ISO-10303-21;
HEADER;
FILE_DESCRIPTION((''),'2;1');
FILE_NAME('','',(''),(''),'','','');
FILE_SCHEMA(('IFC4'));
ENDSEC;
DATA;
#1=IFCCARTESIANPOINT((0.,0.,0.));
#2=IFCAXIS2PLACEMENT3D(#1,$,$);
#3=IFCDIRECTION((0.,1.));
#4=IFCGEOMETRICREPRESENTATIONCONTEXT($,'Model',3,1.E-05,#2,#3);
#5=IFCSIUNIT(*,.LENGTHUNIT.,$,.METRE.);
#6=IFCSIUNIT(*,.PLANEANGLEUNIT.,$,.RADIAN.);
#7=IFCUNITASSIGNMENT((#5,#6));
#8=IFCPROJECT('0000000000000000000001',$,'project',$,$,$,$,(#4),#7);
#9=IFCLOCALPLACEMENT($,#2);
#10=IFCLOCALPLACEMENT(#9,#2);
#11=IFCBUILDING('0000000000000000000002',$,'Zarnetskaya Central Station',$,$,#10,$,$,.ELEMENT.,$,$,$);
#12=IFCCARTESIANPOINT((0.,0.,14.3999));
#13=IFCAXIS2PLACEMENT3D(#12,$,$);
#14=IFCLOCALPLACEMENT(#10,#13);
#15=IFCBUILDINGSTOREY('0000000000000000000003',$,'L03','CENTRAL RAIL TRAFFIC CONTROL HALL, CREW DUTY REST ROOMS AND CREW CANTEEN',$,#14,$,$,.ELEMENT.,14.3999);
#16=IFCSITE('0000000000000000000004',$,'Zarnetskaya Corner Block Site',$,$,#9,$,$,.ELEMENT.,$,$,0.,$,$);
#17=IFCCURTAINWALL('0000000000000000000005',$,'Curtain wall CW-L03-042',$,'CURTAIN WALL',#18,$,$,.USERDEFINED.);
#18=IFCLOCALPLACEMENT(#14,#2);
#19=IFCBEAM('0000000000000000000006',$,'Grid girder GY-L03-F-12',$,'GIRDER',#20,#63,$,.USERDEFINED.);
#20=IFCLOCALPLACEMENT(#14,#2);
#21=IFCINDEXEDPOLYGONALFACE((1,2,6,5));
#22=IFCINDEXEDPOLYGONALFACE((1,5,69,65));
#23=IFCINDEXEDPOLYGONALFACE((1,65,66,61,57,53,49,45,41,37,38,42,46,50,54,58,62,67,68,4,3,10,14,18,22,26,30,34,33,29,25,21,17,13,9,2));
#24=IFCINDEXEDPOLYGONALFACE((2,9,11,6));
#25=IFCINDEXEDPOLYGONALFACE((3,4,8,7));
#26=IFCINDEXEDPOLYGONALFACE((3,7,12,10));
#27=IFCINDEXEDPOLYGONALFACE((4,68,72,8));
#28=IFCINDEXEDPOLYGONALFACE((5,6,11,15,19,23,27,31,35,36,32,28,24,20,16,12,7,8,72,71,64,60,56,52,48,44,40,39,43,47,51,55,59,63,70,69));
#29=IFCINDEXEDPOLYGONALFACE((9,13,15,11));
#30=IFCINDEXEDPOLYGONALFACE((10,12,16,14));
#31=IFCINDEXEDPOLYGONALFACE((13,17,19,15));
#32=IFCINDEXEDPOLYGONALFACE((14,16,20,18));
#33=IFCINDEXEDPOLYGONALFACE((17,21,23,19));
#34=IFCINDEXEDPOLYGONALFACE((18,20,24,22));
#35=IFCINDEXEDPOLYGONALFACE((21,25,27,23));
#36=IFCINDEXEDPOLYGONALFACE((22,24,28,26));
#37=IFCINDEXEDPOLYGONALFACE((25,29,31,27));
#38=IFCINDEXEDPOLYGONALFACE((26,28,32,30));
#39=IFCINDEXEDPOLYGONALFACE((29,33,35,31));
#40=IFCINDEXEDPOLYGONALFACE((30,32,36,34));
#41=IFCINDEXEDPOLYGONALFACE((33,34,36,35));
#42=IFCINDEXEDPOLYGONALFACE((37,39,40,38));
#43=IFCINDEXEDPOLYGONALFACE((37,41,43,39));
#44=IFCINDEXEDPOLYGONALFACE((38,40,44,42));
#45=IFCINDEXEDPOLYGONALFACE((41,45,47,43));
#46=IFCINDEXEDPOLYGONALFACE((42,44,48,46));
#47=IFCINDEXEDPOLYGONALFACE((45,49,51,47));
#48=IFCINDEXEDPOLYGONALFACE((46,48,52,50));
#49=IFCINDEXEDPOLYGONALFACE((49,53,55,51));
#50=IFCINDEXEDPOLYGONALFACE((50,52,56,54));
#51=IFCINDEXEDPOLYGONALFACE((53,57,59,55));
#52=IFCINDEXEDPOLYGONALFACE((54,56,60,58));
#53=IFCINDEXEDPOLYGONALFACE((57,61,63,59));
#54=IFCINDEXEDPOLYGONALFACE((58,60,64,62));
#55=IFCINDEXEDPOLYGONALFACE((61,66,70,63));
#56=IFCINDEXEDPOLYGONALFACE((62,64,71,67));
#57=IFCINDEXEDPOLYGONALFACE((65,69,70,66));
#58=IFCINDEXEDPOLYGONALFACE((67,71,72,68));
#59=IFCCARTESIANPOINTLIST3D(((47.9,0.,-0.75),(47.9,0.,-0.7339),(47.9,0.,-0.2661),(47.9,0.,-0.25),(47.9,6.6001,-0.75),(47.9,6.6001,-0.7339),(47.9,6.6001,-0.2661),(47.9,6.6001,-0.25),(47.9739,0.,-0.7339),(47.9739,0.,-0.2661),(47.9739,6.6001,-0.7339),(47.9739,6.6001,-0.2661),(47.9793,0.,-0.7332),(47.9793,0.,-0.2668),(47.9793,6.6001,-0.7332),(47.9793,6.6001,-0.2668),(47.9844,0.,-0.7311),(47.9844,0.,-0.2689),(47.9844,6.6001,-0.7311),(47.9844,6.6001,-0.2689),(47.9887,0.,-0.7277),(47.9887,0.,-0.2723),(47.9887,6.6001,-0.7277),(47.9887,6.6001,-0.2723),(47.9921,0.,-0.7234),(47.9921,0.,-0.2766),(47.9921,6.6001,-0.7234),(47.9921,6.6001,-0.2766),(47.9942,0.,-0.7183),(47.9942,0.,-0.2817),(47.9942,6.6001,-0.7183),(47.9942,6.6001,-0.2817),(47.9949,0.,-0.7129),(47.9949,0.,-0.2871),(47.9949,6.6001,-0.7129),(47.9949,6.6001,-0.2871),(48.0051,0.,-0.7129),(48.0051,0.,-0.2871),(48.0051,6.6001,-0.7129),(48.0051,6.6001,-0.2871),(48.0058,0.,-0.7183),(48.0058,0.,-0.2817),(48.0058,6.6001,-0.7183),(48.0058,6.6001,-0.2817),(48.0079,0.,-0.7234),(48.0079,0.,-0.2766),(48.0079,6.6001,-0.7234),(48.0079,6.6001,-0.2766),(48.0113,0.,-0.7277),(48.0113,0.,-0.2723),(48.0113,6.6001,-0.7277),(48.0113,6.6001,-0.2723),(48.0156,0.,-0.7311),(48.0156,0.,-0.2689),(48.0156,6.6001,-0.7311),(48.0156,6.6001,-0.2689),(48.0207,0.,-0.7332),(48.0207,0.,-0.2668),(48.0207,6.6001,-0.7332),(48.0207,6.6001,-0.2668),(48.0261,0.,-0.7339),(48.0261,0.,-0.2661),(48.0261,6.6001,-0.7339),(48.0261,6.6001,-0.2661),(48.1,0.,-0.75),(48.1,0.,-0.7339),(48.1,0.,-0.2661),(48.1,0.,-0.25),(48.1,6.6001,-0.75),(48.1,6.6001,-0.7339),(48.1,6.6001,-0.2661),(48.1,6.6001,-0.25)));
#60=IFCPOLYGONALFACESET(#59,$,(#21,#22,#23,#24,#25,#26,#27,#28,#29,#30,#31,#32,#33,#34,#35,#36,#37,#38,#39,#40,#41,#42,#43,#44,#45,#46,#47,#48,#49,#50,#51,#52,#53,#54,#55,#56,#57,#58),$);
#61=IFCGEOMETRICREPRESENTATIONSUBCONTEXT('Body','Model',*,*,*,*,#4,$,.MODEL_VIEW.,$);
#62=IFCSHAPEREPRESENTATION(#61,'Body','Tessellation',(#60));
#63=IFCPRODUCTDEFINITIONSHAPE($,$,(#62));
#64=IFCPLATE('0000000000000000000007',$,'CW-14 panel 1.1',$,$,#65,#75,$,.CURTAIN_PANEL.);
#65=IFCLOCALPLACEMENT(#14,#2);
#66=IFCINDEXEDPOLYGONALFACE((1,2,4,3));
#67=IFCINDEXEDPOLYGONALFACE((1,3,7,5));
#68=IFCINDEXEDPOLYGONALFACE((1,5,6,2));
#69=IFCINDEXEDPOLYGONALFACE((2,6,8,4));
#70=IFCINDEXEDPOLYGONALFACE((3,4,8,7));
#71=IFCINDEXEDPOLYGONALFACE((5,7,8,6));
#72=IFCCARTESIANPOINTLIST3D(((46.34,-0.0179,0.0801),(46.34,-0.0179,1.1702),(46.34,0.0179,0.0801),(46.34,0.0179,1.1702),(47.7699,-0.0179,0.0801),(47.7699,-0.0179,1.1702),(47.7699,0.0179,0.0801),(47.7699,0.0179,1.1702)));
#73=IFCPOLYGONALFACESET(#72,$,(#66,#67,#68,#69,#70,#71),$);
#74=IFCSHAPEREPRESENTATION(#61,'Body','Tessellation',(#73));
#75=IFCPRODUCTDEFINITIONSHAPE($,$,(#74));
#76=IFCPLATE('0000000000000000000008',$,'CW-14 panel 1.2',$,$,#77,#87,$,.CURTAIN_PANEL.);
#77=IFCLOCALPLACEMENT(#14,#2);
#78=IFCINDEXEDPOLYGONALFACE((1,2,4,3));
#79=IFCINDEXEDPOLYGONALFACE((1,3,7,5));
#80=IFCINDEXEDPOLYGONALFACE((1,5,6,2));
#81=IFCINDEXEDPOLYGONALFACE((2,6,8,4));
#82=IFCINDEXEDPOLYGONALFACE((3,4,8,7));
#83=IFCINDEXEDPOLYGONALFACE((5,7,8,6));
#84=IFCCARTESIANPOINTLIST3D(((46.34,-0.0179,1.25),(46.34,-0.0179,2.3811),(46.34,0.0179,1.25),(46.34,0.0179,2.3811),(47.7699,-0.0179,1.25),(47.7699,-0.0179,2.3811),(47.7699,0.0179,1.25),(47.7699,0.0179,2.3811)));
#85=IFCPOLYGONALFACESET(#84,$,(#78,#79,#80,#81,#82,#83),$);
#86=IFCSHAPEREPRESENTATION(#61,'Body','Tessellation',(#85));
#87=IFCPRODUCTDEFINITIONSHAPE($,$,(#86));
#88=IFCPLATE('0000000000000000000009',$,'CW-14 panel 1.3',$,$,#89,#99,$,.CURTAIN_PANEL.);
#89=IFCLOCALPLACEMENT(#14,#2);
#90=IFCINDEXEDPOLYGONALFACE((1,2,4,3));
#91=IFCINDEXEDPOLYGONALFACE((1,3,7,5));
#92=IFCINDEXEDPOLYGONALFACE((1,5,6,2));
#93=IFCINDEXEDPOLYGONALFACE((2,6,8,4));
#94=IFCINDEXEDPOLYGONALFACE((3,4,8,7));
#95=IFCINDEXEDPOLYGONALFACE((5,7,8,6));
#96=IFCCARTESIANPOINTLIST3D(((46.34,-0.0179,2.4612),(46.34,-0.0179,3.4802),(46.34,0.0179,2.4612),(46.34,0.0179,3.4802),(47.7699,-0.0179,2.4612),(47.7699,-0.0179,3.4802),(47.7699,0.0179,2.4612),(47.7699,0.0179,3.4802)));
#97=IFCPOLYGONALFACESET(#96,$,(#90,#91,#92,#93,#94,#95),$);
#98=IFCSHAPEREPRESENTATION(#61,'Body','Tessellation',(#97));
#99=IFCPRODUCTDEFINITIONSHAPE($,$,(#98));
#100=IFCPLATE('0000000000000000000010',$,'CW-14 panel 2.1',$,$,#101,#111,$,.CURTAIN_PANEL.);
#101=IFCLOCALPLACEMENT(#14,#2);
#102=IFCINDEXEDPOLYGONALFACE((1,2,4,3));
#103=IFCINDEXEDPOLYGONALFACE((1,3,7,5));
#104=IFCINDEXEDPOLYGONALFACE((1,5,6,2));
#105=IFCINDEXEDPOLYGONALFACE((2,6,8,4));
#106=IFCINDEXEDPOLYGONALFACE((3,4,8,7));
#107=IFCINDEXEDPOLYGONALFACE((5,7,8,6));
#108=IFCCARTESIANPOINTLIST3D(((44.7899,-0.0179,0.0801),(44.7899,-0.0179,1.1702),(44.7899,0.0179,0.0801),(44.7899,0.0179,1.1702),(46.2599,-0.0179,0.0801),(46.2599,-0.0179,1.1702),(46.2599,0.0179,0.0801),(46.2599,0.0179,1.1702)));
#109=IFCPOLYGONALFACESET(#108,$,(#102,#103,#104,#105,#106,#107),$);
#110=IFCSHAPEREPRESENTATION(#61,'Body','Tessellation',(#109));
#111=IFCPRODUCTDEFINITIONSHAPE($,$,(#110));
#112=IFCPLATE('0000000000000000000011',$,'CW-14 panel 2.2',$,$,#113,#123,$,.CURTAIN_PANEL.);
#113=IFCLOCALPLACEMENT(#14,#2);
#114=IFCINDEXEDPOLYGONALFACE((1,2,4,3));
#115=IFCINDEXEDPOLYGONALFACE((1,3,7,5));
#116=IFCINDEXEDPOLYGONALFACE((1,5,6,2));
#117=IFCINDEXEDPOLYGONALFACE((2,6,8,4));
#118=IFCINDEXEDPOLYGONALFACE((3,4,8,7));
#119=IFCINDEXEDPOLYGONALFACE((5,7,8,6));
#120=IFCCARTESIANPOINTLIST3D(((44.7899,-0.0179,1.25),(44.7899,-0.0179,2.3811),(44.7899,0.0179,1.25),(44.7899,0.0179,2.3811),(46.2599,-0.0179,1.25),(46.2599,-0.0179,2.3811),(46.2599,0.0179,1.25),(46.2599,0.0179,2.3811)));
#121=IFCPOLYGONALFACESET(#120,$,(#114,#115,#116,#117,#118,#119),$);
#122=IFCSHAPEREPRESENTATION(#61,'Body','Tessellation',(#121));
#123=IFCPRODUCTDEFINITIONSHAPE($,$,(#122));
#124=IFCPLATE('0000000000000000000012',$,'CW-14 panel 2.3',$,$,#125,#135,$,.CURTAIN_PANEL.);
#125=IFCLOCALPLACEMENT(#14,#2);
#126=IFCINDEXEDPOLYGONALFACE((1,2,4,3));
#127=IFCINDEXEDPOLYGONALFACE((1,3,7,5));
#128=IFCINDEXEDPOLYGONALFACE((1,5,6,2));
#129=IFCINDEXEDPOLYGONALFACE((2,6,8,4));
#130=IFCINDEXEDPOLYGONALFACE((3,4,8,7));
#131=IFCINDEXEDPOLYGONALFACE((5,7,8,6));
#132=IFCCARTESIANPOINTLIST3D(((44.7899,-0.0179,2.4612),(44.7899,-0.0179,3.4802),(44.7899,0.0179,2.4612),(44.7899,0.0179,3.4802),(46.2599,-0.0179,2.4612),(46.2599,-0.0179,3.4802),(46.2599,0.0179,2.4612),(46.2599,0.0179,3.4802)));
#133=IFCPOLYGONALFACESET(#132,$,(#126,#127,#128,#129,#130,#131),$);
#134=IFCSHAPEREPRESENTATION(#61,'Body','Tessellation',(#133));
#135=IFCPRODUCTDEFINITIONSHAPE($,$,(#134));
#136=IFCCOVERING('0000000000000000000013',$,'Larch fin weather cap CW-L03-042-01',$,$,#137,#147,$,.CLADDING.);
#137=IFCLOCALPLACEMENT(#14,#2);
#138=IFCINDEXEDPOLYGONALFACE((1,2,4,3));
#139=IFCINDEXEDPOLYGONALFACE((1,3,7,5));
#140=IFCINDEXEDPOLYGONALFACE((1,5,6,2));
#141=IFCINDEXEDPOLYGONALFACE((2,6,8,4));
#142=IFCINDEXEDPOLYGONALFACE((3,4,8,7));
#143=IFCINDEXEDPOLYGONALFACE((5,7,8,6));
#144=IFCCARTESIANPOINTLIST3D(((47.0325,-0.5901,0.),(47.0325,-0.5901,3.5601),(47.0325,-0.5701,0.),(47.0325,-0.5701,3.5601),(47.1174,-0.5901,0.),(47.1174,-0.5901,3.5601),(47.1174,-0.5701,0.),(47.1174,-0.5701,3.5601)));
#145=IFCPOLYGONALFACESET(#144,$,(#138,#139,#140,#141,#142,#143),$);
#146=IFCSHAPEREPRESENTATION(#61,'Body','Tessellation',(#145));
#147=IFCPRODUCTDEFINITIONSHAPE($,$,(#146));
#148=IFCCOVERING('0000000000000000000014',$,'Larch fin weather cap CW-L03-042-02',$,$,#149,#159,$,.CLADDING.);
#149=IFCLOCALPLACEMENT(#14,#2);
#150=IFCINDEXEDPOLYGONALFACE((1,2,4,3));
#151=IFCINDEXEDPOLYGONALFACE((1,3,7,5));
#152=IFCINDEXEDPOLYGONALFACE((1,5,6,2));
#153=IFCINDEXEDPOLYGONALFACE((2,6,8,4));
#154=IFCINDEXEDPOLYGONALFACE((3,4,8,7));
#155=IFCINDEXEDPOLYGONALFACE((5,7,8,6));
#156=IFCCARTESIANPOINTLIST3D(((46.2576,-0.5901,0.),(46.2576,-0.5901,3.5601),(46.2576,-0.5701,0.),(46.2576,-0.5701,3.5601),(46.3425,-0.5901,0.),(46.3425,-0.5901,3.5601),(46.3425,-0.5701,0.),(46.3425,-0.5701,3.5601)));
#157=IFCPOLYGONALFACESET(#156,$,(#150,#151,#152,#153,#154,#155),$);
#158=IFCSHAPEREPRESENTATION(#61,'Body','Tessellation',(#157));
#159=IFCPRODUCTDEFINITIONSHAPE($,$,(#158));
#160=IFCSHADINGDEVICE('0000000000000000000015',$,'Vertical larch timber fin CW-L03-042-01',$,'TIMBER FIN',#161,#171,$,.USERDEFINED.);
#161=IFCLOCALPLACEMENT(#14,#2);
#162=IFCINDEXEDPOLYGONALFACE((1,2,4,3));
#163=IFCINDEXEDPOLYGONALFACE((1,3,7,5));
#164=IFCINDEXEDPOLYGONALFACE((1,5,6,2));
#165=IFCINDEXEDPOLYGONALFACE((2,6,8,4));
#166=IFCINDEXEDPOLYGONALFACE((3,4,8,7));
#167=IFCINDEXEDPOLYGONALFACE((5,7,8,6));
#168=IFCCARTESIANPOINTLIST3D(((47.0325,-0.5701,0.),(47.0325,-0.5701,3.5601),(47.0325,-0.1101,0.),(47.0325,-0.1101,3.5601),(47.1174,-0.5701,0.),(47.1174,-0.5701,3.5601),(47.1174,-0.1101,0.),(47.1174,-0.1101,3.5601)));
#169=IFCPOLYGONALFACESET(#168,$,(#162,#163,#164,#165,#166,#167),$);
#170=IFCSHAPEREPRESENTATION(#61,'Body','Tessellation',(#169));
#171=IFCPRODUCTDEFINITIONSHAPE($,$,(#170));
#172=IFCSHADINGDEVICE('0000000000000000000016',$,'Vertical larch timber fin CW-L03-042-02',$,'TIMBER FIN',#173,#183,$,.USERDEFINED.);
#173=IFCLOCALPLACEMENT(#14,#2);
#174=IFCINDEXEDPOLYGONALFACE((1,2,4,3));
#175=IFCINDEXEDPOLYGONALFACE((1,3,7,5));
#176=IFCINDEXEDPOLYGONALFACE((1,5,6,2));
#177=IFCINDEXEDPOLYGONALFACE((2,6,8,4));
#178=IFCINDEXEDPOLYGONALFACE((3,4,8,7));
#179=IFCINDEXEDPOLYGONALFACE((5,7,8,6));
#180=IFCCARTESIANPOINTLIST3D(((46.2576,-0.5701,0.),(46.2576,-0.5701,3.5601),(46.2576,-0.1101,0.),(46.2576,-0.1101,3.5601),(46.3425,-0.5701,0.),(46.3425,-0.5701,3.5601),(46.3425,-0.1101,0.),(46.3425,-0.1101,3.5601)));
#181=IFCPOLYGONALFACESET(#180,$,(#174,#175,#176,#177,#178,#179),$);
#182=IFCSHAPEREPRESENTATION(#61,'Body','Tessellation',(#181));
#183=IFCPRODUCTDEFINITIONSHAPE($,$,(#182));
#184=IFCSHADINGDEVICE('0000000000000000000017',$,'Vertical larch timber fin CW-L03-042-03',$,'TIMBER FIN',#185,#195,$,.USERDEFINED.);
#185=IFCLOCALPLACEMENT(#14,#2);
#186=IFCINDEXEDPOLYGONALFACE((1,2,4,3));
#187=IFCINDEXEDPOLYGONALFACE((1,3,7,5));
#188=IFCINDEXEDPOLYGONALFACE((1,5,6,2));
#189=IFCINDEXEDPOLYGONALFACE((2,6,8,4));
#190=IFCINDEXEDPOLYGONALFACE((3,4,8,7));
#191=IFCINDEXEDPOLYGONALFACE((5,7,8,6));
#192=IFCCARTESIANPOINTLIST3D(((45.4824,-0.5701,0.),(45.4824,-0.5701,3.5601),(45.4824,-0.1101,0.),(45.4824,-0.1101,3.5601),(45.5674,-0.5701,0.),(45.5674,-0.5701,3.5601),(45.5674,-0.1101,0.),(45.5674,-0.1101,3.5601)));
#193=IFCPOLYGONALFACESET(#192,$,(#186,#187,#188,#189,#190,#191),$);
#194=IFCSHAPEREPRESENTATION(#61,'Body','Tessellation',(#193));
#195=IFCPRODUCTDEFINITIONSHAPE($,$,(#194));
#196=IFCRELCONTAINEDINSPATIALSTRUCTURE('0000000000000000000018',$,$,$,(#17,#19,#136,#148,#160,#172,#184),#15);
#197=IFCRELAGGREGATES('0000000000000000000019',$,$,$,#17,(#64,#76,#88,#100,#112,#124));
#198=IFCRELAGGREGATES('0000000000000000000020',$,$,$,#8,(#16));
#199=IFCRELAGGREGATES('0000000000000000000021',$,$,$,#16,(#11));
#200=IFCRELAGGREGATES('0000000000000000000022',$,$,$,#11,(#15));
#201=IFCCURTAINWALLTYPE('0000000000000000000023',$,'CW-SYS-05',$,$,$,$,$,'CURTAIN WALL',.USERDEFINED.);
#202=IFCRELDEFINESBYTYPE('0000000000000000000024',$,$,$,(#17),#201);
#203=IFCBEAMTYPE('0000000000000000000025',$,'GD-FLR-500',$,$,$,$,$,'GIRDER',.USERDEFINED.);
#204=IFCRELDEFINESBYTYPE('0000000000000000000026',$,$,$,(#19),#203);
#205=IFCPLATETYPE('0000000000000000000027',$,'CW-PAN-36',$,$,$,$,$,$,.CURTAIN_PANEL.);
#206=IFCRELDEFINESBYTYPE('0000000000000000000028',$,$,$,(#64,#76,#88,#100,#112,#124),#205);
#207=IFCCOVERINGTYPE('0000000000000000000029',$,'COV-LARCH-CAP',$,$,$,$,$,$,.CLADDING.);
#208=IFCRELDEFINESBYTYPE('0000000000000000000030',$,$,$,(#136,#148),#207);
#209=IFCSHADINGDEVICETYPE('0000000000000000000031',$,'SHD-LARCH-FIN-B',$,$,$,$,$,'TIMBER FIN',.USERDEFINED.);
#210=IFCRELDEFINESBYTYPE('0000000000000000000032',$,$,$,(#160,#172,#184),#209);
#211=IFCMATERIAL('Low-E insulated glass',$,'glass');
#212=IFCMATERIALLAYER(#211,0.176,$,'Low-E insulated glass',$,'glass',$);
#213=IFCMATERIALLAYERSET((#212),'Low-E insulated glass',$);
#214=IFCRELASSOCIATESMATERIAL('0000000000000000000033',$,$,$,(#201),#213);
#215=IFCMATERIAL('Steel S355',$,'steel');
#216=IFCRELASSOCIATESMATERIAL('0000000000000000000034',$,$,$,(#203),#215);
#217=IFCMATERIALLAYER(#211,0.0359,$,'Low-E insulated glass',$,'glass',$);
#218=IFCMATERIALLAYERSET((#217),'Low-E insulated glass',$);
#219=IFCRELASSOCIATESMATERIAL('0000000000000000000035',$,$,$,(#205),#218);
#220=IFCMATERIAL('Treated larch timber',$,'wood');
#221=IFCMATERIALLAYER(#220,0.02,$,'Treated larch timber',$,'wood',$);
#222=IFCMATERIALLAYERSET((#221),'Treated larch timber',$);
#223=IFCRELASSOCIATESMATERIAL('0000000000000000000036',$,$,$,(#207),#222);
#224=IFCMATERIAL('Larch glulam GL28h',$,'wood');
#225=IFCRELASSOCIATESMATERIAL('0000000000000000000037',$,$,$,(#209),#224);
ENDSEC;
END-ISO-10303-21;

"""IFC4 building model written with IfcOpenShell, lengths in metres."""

from ifc_helpers import new_model, si_unit, direction, frame, origin, origin_2d, place, context, subcontext, project, spatial, rectangle, i_section, extrude, material, layer, layer_set, material_profile, profile_set, type_object, element, aggregate, save


model = new_model("IFC4")

# Units and contexts
model_context = context("Model", 3, precision=1e-05, world=origin(), true_north=direction((0.0, 1.0)))
body_context = subcontext(model_context, "Body", "Model", "MODEL_VIEW")
ifc_project = project(units=[si_unit("LENGTHUNIT", "METRE"), si_unit("PLANEANGLEUNIT", "RADIAN")], contexts=[model_context])

# Site, building, storey
site_placement = place(None, origin())
site = spatial("IfcSite", under=ifc_project, at=site_placement, Name="Zarnetskaya Corner Block Site", CompositionType="ELEMENT", RefElevation=0.0)
building_placement = place(site_placement, origin())
building = spatial("IfcBuilding", under=site, at=building_placement, Name="Zarnetskaya Central Station", CompositionType="ELEMENT")
storey_placement = place(building_placement, frame((0.0, 0.0, 14.3999)))
storey = spatial("IfcBuildingStorey", under=building, at=storey_placement, Name="L03", Description="CENTRAL RAIL TRAFFIC CONTROL HALL, CREW DUTY REST ROOMS AND CREW CANTEEN", CompositionType="ELEMENT", Elevation=14.3999)

# Shared definitions
ifc_material_1 = material(Name="Steel S355", Category="steel")

# Curtain wall
ifc_material_2 = material(Name="Low-E insulated glass", Category="glass")
ifc_layer_1 = layer(ifc_material_2, 0.176, Name="Low-E insulated glass", Category="glass")
ifc_layer_set_1 = layer_set([ifc_layer_1], Name="Low-E insulated glass")
curtain_wall_type = type_object("IfcCurtainWallType", Name="CW-SYS-05", ElementType="CURTAIN WALL", PredefinedType="USERDEFINED", material=ifc_layer_set_1)
curtain_wall_placement = place(storey_placement, origin())
curtain_wall = element("IfcCurtainWall", 1, at=curtain_wall_placement, inside=storey, type_object=curtain_wall_type, Name="Curtain wall CW-L03-042", ObjectType="CURTAIN WALL", PredefinedType="USERDEFINED")

# Beam
ifc_material_profile_1 = material_profile(ifc_material_1, i_section(OverallWidth=0.2, OverallDepth=0.5, WebThickness=0.0103, FlangeThickness=0.0161, FilletRadius=0.021, at=origin_2d()), Name="IPE 500")
ifc_profile_set_1 = profile_set([ifc_material_profile_1], Name="Steel S355")
beam_type = type_object("IfcBeamType", Name="GD-FLR-500", ElementType="GIRDER", PredefinedType="USERDEFINED", material=ifc_profile_set_1)
beam_placement = place(storey_placement, frame((48.0, 0.0, -0.5), z_axis=(0.0, 1.0, 0.0), x_axis=(-1.0, 0.0, 0.0)))
element("IfcBeam", 2, at=beam_placement, inside=storey, type_object=beam_type, Name="Grid girder GY-L03-F-12", ObjectType="GIRDER", PredefinedType="USERDEFINED", context=body_context, shape_type="SweptSolid", body=[
    extrude(i_section(OverallWidth=0.2, OverallDepth=0.5, WebThickness=0.0103, FlangeThickness=0.0161, FilletRadius=0.021, at=origin_2d()), origin(), (0.0, 0.0, 1.0), 6.6001),
])

# Plates
ifc_layer_2 = layer(ifc_material_2, 0.0359, Name="Low-E insulated glass", Category="glass")
ifc_layer_set_2 = layer_set([ifc_layer_2], Name="Low-E insulated glass")
plate_type = type_object("IfcPlateType", Name="CW-PAN-36", PredefinedType="CURTAIN_PANEL", material=ifc_layer_set_2)
plate_1_placement = place(storey_placement, frame((47.0549, 0.0, 0.0801), z_axis=(0.0, 0.0, 1.0), x_axis=(-1.0, 0.0, 0.0)))
plate_1 = element("IfcPlate", 3, at=plate_1_placement, type_object=plate_type, Name="CW-14 panel 1.1", PredefinedType="CURTAIN_PANEL", context=body_context, shape_type="SweptSolid", body=[
    extrude(rectangle(XDim=1.4299, YDim=0.0359, at=origin_2d()), origin(), (0.0, 0.0, 1.0), 1.0901),
])
plate_2_placement = place(storey_placement, frame((47.0549, 0.0, 1.25), z_axis=(0.0, 0.0, 1.0), x_axis=(-1.0, 0.0, 0.0)))
plate_2 = element("IfcPlate", 4, at=plate_2_placement, type_object=plate_type, Name="CW-14 panel 1.2", PredefinedType="CURTAIN_PANEL", context=body_context, shape_type="SweptSolid", body=[
    extrude(rectangle(XDim=1.4299, YDim=0.0359, at=origin_2d()), origin(), (0.0, 0.0, 1.0), 1.1311),
])
plate_3_placement = place(storey_placement, frame((47.0549, 0.0, 2.4612), z_axis=(0.0, 0.0, 1.0), x_axis=(-1.0, 0.0, 0.0)))
plate_3 = element("IfcPlate", 5, at=plate_3_placement, type_object=plate_type, Name="CW-14 panel 1.3", PredefinedType="CURTAIN_PANEL", context=body_context, shape_type="SweptSolid", body=[
    extrude(rectangle(XDim=1.4299, YDim=0.0359, at=origin_2d()), origin(), (0.0, 0.0, 1.0), 1.019),
])
plate_4_placement = place(storey_placement, frame((45.5249, 0.0, 0.0801), z_axis=(0.0, 0.0, 1.0), x_axis=(-1.0, 0.0, 0.0)))
plate_4 = element("IfcPlate", 6, at=plate_4_placement, type_object=plate_type, Name="CW-14 panel 2.1", PredefinedType="CURTAIN_PANEL", context=body_context, shape_type="SweptSolid", body=[
    extrude(rectangle(XDim=1.47, YDim=0.0359, at=origin_2d()), origin(), (0.0, 0.0, 1.0), 1.0901),
])
plate_5_placement = place(storey_placement, frame((45.5249, 0.0, 1.25), z_axis=(0.0, 0.0, 1.0), x_axis=(-1.0, 0.0, 0.0)))
plate_5 = element("IfcPlate", 7, at=plate_5_placement, type_object=plate_type, Name="CW-14 panel 2.2", PredefinedType="CURTAIN_PANEL", context=body_context, shape_type="SweptSolid", body=[
    extrude(rectangle(XDim=1.47, YDim=0.0359, at=origin_2d()), origin(), (0.0, 0.0, 1.0), 1.1311),
])
plate_6_placement = place(storey_placement, frame((45.5249, 0.0, 2.4612), z_axis=(0.0, 0.0, 1.0), x_axis=(-1.0, 0.0, 0.0)))
plate_6 = element("IfcPlate", 8, at=plate_6_placement, type_object=plate_type, Name="CW-14 panel 2.3", PredefinedType="CURTAIN_PANEL", context=body_context, shape_type="SweptSolid", body=[
    extrude(rectangle(XDim=1.47, YDim=0.0359, at=origin_2d()), origin(), (0.0, 0.0, 1.0), 1.019),
])
aggregate(curtain_wall, [plate_1, plate_2, plate_3, plate_4, plate_5, plate_6])

# Coverings
ifc_material_3 = material(Name="Treated larch timber", Category="wood")
ifc_layer_3 = layer(ifc_material_3, 0.02, Name="Treated larch timber", Category="wood")
ifc_layer_set_3 = layer_set([ifc_layer_3], Name="Treated larch timber")
covering_type = type_object("IfcCoveringType", Name="COV-LARCH-CAP", PredefinedType="CLADDING", material=ifc_layer_set_3)
for number, where, z_axis, x_axis, name in (
    (9, (47.075, -0.5801, 0.0), (0.0, 0.0, 1.0), (-1.0, 0.0, 0.0), "Larch fin weather cap CW-L03-042-01"),
    (10, (46.3, -0.5801, 0.0), (0.0, 0.0, 1.0), (-1.0, 0.0, 0.0), "Larch fin weather cap CW-L03-042-02"),
):
    element("IfcCovering", number, at=place(storey_placement, frame(where, z_axis=z_axis, x_axis=x_axis)), inside=storey, type_object=covering_type, Name=name, PredefinedType="CLADDING", context=body_context, shape_type="SweptSolid", body=[
        extrude(rectangle(XDim=0.085, YDim=0.02, at=origin_2d()), origin(), (0.0, 0.0, 1.0), 3.5601),
    ])

# Shading devices
ifc_material_4 = material(Name="Larch glulam GL28h", Category="wood")
shading_device_type = type_object("IfcShadingDeviceType", Name="SHD-LARCH-FIN-B", ElementType="TIMBER FIN", PredefinedType="USERDEFINED", material=ifc_material_4)
for number, where, z_axis, x_axis, name in (
    (11, (47.075, -0.3401, 0.0), (0.0, 0.0, 1.0), (-1.0, 0.0, 0.0), "Vertical larch timber fin CW-L03-042-01"),
    (12, (46.3, -0.3401, 0.0), (0.0, 0.0, 1.0), (-1.0, 0.0, 0.0), "Vertical larch timber fin CW-L03-042-02"),
    (13, (45.5249, -0.3401, 0.0), (0.0, 0.0, 1.0), (-1.0, 0.0, 0.0), "Vertical larch timber fin CW-L03-042-03"),
):
    element("IfcShadingDevice", number, at=place(storey_placement, frame(where, z_axis=z_axis, x_axis=x_axis)), inside=storey, type_object=shading_device_type, Name=name, ObjectType="TIMBER FIN", PredefinedType="USERDEFINED", context=body_context, shape_type="SweptSolid", body=[
        extrude(rectangle(XDim=0.085, YDim=0.46, at=origin_2d()), origin(), (0.0, 0.0, 1.0), 3.5601),
    ])

save(model, "model.ifc")
